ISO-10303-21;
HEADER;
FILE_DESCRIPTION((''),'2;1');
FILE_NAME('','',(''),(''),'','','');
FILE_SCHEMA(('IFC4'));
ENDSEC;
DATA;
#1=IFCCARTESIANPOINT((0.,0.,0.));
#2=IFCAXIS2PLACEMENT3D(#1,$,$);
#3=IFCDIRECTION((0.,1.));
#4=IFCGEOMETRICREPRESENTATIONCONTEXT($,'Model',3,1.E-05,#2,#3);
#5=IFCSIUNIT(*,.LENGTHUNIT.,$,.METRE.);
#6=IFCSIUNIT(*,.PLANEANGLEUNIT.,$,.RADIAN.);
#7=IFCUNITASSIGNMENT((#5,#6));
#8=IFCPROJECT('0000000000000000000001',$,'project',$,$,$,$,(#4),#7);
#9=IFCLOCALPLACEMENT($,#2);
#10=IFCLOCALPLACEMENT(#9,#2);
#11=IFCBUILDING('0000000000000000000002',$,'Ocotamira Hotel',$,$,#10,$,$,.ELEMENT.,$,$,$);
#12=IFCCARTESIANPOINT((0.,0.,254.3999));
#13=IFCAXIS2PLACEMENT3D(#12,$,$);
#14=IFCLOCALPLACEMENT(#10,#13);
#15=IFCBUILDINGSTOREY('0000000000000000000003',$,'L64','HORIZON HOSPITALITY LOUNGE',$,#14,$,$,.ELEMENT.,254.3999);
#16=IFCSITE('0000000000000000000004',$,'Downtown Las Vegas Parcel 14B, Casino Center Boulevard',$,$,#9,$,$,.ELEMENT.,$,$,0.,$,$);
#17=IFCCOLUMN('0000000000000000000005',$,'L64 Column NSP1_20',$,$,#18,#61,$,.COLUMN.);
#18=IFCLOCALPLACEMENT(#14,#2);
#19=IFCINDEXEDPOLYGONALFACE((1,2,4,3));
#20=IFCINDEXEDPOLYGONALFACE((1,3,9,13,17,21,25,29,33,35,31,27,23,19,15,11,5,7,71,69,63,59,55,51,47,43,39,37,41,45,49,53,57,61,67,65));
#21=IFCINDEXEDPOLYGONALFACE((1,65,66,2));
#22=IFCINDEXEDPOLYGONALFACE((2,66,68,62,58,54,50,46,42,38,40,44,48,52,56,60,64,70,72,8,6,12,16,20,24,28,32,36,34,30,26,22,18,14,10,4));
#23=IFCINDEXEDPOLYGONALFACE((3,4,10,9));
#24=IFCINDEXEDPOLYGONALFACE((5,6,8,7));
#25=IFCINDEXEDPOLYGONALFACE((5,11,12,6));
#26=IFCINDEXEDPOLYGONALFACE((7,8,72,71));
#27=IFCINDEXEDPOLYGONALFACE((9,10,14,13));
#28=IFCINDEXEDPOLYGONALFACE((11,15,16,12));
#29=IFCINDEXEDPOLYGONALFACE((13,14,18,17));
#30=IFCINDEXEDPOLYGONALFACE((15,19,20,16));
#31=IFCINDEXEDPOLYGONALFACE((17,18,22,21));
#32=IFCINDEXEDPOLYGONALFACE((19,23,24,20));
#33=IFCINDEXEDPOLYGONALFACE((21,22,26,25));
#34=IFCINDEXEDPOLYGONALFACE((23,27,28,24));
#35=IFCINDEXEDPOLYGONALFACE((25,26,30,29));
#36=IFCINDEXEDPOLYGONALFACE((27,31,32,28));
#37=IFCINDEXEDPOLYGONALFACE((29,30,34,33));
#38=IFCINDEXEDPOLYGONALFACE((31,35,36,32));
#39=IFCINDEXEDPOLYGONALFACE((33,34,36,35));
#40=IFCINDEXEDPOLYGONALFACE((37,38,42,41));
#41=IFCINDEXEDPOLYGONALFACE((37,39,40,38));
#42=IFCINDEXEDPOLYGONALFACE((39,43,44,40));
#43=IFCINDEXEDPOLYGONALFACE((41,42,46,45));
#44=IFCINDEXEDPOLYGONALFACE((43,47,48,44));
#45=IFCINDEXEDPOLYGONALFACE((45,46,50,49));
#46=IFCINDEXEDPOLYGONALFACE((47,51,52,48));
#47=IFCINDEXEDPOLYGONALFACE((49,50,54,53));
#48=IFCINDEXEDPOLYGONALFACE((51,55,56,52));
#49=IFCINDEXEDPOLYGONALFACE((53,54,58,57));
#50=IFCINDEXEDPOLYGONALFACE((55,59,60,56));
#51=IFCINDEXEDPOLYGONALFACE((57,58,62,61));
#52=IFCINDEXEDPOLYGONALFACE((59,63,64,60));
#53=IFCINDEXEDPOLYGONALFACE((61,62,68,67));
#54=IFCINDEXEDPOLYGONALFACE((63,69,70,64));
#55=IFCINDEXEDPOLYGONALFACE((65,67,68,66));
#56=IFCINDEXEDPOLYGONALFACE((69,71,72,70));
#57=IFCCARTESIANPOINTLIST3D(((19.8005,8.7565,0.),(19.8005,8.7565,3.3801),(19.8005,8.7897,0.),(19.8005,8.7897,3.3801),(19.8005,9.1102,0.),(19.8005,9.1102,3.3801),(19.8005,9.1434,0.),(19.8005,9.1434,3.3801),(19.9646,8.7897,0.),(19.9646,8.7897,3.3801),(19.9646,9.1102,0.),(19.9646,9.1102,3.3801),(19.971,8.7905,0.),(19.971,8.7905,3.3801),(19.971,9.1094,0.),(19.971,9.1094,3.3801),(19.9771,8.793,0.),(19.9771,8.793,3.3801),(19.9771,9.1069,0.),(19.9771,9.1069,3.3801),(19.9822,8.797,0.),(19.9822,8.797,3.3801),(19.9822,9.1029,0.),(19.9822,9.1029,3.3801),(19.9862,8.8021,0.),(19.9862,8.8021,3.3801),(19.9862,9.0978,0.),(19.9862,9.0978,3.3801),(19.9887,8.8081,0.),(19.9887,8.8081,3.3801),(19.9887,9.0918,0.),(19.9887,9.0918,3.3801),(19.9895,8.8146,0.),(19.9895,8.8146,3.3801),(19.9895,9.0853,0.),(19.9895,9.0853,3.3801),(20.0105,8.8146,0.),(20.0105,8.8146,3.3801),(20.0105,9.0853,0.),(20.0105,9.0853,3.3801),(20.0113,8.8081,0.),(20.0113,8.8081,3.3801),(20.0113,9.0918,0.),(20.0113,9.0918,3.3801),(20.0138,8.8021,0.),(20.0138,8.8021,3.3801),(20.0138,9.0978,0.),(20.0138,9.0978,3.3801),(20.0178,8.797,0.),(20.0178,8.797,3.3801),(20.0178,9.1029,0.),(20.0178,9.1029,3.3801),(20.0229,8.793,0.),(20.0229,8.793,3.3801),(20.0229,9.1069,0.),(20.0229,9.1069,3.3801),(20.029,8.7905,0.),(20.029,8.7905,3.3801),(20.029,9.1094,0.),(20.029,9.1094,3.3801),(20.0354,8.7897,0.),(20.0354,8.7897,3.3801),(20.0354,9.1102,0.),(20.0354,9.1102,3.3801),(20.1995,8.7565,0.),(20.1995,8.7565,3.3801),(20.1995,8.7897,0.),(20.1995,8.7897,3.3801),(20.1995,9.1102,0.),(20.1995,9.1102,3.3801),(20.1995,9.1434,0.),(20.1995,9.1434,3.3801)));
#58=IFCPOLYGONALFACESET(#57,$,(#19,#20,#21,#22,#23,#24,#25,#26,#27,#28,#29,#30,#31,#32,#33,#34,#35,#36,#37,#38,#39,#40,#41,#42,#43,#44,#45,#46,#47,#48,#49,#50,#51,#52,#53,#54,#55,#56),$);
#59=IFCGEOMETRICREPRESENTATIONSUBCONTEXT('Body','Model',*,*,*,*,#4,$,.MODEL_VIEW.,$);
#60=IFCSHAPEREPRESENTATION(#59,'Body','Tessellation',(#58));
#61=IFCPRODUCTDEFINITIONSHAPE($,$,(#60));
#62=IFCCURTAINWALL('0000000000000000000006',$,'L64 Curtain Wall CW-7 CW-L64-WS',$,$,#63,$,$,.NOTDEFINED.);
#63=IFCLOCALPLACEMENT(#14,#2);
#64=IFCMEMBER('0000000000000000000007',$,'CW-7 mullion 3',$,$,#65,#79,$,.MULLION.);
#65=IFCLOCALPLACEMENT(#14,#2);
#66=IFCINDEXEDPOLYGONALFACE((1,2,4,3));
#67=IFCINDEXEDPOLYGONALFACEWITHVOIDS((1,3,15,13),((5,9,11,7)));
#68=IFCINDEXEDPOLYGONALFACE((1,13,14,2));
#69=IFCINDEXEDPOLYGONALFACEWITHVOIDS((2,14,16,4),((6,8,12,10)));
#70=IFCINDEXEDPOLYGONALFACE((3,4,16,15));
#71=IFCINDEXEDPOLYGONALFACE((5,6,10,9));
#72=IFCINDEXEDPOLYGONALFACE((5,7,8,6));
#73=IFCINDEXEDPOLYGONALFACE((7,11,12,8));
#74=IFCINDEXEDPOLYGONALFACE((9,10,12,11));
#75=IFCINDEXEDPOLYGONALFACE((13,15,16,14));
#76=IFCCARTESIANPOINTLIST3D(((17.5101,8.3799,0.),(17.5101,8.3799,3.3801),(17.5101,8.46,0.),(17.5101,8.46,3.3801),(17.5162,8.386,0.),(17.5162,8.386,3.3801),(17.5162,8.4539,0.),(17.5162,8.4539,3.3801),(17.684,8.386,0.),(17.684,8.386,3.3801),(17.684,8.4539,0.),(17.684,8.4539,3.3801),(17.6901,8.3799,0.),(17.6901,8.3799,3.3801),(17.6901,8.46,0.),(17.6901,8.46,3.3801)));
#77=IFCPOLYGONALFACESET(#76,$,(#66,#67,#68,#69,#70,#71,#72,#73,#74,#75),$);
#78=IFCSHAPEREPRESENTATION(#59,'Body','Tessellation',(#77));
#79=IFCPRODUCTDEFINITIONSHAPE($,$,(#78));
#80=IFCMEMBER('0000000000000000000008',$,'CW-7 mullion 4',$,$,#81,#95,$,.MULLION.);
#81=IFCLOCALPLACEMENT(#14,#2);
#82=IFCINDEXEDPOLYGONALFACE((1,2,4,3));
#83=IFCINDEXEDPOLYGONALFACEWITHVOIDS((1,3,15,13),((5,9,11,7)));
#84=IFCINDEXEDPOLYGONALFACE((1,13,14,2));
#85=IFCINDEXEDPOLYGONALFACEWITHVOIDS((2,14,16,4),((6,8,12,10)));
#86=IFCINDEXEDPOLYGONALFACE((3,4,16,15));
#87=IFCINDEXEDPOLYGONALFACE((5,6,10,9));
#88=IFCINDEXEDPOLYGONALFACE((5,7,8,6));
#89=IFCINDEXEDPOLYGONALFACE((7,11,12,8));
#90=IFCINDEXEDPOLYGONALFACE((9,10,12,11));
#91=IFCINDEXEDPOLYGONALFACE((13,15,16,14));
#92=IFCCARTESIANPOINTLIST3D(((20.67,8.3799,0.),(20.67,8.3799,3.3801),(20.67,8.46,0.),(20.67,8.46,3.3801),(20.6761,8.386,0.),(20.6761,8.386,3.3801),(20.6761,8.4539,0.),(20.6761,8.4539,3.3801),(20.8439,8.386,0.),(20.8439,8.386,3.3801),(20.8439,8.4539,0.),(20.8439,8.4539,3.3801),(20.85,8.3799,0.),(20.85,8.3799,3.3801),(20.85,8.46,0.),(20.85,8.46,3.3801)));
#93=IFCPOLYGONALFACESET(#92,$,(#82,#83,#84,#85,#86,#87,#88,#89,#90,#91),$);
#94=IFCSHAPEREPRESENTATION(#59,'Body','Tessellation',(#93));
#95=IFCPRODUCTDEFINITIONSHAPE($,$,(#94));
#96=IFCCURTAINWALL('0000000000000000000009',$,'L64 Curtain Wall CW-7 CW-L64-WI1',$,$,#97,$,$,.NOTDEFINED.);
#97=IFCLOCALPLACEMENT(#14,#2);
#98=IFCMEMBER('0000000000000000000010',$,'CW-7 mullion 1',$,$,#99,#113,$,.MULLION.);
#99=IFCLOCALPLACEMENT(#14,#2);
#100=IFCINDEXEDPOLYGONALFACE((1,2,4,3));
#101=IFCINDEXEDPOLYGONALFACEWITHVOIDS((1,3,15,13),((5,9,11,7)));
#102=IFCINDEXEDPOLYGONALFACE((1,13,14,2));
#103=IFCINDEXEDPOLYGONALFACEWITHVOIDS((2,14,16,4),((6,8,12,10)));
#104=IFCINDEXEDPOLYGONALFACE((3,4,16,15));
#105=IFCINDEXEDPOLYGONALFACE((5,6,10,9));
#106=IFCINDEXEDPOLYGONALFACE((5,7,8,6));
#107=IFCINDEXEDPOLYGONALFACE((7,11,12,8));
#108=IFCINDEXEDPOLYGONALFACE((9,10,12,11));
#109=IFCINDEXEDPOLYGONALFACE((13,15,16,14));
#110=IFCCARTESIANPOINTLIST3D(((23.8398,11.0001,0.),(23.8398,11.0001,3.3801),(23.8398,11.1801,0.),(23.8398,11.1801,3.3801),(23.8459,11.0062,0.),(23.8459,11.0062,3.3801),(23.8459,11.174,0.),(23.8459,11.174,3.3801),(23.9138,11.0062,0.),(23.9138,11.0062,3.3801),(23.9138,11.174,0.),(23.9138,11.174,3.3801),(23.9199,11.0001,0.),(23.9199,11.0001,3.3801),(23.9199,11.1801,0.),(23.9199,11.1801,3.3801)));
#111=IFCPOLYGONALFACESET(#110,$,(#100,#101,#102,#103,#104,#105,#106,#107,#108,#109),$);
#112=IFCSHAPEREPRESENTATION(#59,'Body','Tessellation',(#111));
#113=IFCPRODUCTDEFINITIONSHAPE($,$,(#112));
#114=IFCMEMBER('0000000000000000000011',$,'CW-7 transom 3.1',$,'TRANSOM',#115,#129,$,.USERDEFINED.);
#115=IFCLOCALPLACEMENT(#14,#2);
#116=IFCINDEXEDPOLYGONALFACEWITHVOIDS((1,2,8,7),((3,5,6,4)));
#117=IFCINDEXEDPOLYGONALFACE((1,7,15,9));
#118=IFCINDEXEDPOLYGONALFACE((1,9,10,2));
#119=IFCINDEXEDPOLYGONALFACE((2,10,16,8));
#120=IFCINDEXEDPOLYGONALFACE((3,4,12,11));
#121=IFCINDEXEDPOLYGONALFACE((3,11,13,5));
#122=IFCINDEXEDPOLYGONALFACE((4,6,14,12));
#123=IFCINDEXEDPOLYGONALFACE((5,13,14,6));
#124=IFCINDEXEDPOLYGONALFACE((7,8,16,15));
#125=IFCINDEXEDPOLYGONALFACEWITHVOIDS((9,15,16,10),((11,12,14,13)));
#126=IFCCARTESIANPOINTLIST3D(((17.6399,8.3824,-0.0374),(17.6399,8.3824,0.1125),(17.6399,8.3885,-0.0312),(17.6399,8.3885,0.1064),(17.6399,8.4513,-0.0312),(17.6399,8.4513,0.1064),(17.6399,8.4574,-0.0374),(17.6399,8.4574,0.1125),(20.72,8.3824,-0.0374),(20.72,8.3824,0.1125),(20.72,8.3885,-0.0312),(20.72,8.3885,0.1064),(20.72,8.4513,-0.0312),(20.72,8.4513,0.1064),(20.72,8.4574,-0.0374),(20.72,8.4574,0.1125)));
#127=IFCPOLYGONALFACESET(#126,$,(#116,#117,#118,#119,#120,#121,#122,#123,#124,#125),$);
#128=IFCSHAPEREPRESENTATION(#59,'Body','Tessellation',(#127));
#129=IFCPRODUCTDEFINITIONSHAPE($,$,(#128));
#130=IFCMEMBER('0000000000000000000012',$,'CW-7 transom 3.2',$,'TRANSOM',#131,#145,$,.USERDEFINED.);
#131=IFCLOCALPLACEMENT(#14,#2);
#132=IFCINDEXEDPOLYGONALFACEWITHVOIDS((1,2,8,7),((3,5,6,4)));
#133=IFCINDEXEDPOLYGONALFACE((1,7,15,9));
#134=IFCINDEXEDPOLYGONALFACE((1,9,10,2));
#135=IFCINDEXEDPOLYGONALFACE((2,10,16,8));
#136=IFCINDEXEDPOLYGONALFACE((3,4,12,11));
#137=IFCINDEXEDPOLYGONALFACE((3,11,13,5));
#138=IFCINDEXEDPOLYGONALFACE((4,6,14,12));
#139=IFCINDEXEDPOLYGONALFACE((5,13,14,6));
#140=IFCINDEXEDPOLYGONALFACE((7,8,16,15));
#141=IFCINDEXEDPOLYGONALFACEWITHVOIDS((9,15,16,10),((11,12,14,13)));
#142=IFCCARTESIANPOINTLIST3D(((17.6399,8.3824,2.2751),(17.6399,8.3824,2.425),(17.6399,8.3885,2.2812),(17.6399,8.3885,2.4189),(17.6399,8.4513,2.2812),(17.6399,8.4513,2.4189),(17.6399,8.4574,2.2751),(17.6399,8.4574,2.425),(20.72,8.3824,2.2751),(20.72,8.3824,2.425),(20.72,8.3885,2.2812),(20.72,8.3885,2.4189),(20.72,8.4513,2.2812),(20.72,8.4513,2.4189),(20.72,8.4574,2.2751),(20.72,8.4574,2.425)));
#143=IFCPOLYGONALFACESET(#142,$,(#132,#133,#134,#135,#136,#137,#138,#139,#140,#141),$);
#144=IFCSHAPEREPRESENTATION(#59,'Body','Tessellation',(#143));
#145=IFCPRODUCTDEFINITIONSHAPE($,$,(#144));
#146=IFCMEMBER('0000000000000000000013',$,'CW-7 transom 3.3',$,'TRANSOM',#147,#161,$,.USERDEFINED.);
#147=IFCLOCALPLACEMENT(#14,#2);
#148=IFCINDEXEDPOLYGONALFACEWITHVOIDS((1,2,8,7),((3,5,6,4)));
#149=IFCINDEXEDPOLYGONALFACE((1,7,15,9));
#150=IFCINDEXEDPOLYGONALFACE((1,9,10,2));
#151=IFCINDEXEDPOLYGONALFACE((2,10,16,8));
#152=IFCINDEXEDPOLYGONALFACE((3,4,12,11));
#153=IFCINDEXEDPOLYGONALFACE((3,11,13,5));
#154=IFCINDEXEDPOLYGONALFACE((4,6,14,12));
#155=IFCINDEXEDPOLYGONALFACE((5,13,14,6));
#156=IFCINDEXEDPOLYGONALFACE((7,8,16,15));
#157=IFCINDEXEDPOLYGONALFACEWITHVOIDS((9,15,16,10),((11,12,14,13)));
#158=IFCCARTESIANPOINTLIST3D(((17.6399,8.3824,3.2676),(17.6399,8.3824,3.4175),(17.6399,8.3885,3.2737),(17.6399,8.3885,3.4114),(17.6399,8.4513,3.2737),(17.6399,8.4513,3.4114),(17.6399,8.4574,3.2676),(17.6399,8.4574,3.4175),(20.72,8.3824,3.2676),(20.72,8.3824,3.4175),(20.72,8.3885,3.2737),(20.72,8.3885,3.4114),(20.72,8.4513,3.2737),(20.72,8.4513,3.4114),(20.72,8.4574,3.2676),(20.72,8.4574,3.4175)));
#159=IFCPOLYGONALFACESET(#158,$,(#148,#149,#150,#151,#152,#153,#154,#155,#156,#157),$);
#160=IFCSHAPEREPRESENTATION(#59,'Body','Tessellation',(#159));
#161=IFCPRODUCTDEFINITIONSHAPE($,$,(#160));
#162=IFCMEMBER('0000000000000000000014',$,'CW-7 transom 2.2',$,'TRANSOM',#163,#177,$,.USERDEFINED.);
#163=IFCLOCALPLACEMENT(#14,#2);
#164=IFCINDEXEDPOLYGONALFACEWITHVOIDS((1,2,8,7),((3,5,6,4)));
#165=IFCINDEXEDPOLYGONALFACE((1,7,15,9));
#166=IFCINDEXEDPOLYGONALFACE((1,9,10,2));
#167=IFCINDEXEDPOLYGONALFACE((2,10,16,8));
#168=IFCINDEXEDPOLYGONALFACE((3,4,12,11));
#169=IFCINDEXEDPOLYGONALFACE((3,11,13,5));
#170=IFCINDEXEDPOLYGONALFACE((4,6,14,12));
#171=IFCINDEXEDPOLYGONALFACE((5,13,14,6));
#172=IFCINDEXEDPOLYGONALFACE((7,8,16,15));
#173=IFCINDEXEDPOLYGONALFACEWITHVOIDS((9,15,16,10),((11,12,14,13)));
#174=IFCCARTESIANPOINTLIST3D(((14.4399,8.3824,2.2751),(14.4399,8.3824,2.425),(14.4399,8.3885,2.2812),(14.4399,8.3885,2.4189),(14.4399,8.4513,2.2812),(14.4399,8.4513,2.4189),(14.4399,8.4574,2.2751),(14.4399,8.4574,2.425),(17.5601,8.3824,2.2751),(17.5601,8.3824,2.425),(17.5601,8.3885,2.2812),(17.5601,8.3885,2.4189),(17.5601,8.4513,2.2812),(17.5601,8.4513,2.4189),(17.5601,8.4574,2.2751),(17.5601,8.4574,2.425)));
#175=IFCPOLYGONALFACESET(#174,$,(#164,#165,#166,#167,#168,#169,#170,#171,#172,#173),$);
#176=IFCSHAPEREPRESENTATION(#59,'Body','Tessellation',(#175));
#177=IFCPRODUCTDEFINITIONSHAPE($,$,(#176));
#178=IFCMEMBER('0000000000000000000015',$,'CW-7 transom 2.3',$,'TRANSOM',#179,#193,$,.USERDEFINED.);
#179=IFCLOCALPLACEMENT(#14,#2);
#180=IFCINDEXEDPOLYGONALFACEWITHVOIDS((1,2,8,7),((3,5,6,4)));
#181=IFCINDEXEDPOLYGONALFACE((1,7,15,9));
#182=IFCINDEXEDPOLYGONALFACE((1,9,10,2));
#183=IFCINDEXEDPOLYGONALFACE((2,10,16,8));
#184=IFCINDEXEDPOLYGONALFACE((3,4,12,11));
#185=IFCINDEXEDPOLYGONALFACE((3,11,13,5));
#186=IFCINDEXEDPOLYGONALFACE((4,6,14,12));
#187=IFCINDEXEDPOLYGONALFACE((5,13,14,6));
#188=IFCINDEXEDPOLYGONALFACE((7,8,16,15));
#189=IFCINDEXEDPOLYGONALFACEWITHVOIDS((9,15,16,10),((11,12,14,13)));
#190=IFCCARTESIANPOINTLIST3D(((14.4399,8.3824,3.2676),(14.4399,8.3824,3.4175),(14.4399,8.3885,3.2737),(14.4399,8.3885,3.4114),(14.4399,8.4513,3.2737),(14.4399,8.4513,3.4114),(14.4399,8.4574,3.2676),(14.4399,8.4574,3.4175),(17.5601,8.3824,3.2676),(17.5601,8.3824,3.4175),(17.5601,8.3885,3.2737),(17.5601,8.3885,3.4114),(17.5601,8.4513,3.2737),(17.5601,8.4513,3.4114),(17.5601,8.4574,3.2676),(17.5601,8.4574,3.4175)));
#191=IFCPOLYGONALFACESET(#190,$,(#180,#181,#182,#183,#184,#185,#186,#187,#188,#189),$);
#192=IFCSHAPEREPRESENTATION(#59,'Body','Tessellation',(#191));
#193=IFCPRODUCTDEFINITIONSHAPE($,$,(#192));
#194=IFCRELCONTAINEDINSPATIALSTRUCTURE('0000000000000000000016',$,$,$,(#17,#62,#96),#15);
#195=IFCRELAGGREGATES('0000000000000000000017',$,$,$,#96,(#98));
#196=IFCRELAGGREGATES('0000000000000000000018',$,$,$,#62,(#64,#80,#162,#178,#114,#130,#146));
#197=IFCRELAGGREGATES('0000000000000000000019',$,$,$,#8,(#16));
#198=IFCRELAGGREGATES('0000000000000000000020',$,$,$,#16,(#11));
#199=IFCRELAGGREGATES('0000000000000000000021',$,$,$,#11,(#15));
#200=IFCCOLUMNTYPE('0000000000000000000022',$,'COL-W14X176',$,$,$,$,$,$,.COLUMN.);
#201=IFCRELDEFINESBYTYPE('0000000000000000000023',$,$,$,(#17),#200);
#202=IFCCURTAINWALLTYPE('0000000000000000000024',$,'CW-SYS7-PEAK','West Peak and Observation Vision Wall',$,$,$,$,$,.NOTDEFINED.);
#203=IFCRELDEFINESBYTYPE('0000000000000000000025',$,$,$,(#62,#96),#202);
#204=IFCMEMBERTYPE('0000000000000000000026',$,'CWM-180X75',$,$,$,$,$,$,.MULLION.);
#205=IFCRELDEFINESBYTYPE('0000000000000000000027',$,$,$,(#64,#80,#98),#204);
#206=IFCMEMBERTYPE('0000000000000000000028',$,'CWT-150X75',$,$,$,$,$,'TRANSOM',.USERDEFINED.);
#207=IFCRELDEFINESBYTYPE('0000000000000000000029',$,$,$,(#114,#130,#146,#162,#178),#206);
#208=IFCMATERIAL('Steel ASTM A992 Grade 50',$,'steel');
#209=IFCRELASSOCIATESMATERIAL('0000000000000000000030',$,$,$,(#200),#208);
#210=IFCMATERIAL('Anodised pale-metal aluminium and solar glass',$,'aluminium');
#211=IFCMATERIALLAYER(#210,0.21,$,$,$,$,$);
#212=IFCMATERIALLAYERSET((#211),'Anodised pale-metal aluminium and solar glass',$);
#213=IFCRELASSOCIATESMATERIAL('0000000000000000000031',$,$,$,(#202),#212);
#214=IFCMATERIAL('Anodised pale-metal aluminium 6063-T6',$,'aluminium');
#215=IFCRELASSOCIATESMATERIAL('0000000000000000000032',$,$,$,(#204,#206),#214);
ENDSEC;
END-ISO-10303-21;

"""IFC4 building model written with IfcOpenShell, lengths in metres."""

from ifc_helpers import new_model, si_unit, direction, frame, origin, origin_2d, place, context, subcontext, project, spatial, hollow_rectangle, i_section, extrude, source, transform, mapped, material, layer, layer_set, material_profile, profile_set, type_object, element, aggregate, save


model = new_model("IFC4")

# Units and contexts
model_context = context("Model", 3, precision=1e-05, world=origin(), true_north=direction((0.0, 1.0)))
body_context = subcontext(model_context, "Body", "Model", "MODEL_VIEW")
ifc_project = project(units=[si_unit("LENGTHUNIT", "METRE"), si_unit("PLANEANGLEUNIT", "RADIAN")], contexts=[model_context])

# Site, building, storey
site_placement = place(None, origin())
site = spatial("IfcSite", under=ifc_project, at=site_placement, Name="Downtown Las Vegas Parcel 14B, Casino Center Boulevard", CompositionType="ELEMENT", RefElevation=0.0)
building_placement = place(site_placement, origin())
building = spatial("IfcBuilding", under=site, at=building_placement, Name="Ocotamira Hotel", CompositionType="ELEMENT")
storey_placement = place(building_placement, frame((0.0, 0.0, 254.3999)))
storey = spatial("IfcBuildingStorey", under=building, at=storey_placement, Name="L64", Description="HORIZON HOSPITALITY LOUNGE", CompositionType="ELEMENT", Elevation=254.3999)

# Column
ifc_material_1 = material(Name="Steel ASTM A992 Grade 50", Category="steel")
ifc_material_profile_1 = material_profile(ifc_material_1, i_section(OverallWidth=0.3989, OverallDepth=0.387, WebThickness=0.021, FlangeThickness=0.0332, FilletRadius=0.0249, at=origin_2d()), Name="W14X176")
ifc_profile_set_1 = profile_set([ifc_material_profile_1], Name="Steel ASTM A992 Grade 50")
column_type = type_object("IfcColumnType", Name="COL-W14X176", PredefinedType="COLUMN", material=ifc_profile_set_1)
shared_shape_1 = source(origin(), body_context, "Body", "SweptSolid", [
    extrude(i_section(OverallWidth=0.3989, OverallDepth=0.387, WebThickness=0.021, FlangeThickness=0.0332, FilletRadius=0.0249, at=origin_2d()), origin(), (0.0, 0.0, 1.0), 3.3801),
])
column_placement = place(storey_placement, frame((20.0, 8.95, 0.0), z_axis=(0.0, 0.0, 1.0), x_axis=(1.0, 0.0, 0.0)))
element("IfcColumn", 1, at=column_placement, inside=storey, type_object=column_type, Name="L64 Column NSP1_20", PredefinedType="COLUMN", context=body_context, shape_type="MappedRepresentation", body=[
    mapped(shared_shape_1, transform((0.0, 0.0, 0.0), scale=1.0)),
])

# Curtain wall, members
ifc_material_2 = material(Name="Anodised pale-metal aluminium and solar glass", Category="aluminium")
ifc_layer_1 = layer(ifc_material_2, 0.21)
ifc_layer_set_1 = layer_set([ifc_layer_1], Name="Anodised pale-metal aluminium and solar glass")
curtain_wall_type = type_object("IfcCurtainWallType", Name="CW-SYS7-PEAK", Description="West Peak and Observation Vision Wall", PredefinedType="NOTDEFINED", material=ifc_layer_set_1)
curtain_wall_1_placement = place(storey_placement, origin())
curtain_wall_1 = element("IfcCurtainWall", 2, at=curtain_wall_1_placement, inside=storey, type_object=curtain_wall_type, Name="L64 Curtain Wall CW-7 CW-L64-WS", PredefinedType="NOTDEFINED")
ifc_material_3 = material(Name="Anodised pale-metal aluminium 6063-T6", Category="aluminium")
ifc_material_profile_2 = material_profile(ifc_material_3, hollow_rectangle(XDim=0.0801, YDim=0.1799, WallThickness=0.0061, at=origin_2d()), Name="HSS180X80X6")
ifc_profile_set_2 = profile_set([ifc_material_profile_2], Name="Anodised pale-metal aluminium 6063-T6")
member_type_1 = type_object("IfcMemberType", Name="CWM-180X75", PredefinedType="MULLION", material=ifc_profile_set_2)
shared_shape_2 = source(origin(), body_context, "Body", "SweptSolid", [
    extrude(hollow_rectangle(XDim=0.0801, YDim=0.1799, WallThickness=0.0061, at=origin_2d()), origin(), (0.0, 0.0, 1.0), 3.3801),
])
member_1_placement = place(storey_placement, frame((17.6001, 8.4199, 0.0), z_axis=(0.0, 0.0, 1.0), x_axis=(0.0, 1.0, 0.0)))
member_1 = element("IfcMember", 3, at=member_1_placement, type_object=member_type_1, Name="CW-7 mullion 3", PredefinedType="MULLION", context=body_context, shape_type="MappedRepresentation", body=[
    mapped(shared_shape_2, transform((0.0, 0.0, 0.0), scale=1.0)),
])
member_2_placement = place(storey_placement, frame((20.76, 8.4199, 0.0), z_axis=(0.0, 0.0, 1.0), x_axis=(0.0, 1.0, 0.0)))
member_2 = element("IfcMember", 4, at=member_2_placement, type_object=member_type_1, Name="CW-7 mullion 4", PredefinedType="MULLION", context=body_context, shape_type="MappedRepresentation", body=[
    mapped(shared_shape_2, transform((0.0, 0.0, 0.0), scale=1.0)),
])

# Curtain wall, member
curtain_wall_2_placement = place(storey_placement, origin())
curtain_wall_2 = element("IfcCurtainWall", 5, at=curtain_wall_2_placement, inside=storey, type_object=curtain_wall_type, Name="L64 Curtain Wall CW-7 CW-L64-WI1", PredefinedType="NOTDEFINED")
member_3_placement = place(storey_placement, frame((23.8799, 11.0901, 0.0), z_axis=(0.0, 0.0, 1.0), x_axis=(-1.0, 0.0, 0.0)))
member_3 = element("IfcMember", 6, at=member_3_placement, type_object=member_type_1, Name="CW-7 mullion 1", PredefinedType="MULLION", context=body_context, shape_type="MappedRepresentation", body=[
    mapped(shared_shape_2, transform((0.0, 0.0, 0.0), scale=1.0)),
])

# Members
ifc_material_profile_3 = material_profile(ifc_material_3, hollow_rectangle(XDim=0.075, YDim=0.1499, WallThickness=0.0061, at=origin_2d()), Name="HSS150X75X6")
ifc_profile_set_3 = profile_set([ifc_material_profile_3], Name="Anodised pale-metal aluminium 6063-T6")
member_type_2 = type_object("IfcMemberType", Name="CWT-150X75", ElementType="TRANSOM", PredefinedType="USERDEFINED", material=ifc_profile_set_3)
shared_shape_3 = source(origin(), body_context, "Body", "SweptSolid", [
    extrude(hollow_rectangle(XDim=0.075, YDim=0.1499, WallThickness=0.0061, at=origin_2d()), origin(), (0.0, 0.0, 1.0), 3.0801),
])
member_4_placement = place(storey_placement, frame((17.6399, 8.4199, 0.0376), z_axis=(1.0, 0.0, 0.0), x_axis=(0.0, 1.0, 0.0)))
member_4 = element("IfcMember", 7, at=member_4_placement, type_object=member_type_2, Name="CW-7 transom 3.1", ObjectType="TRANSOM", PredefinedType="USERDEFINED", context=body_context, shape_type="MappedRepresentation", body=[
    mapped(shared_shape_3, transform((0.0, 0.0, 0.0), scale=1.0)),
])
member_5_placement = place(storey_placement, frame((17.6399, 8.4199, 2.3501), z_axis=(1.0, 0.0, 0.0), x_axis=(0.0, 1.0, 0.0)))
member_5 = element("IfcMember", 8, at=member_5_placement, type_object=member_type_2, Name="CW-7 transom 3.2", ObjectType="TRANSOM", PredefinedType="USERDEFINED", context=body_context, shape_type="MappedRepresentation", body=[
    mapped(shared_shape_3, transform((0.0, 0.0, 0.0), scale=1.0)),
])
member_6_placement = place(storey_placement, frame((17.6399, 8.4199, 3.3425), z_axis=(1.0, 0.0, 0.0), x_axis=(0.0, 1.0, 0.0)))
member_6 = element("IfcMember", 9, at=member_6_placement, type_object=member_type_2, Name="CW-7 transom 3.3", ObjectType="TRANSOM", PredefinedType="USERDEFINED", context=body_context, shape_type="MappedRepresentation", body=[
    mapped(shared_shape_3, transform((0.0, 0.0, 0.0), scale=1.0)),
])
shared_shape_4 = source(origin(), body_context, "Body", "SweptSolid", [
    extrude(hollow_rectangle(XDim=0.075, YDim=0.1499, WallThickness=0.0061, at=origin_2d()), origin(), (0.0, 0.0, 1.0), 3.1201),
])
member_7_placement = place(storey_placement, frame((14.4399, 8.4199, 2.3501), z_axis=(1.0, 0.0, 0.0), x_axis=(0.0, 1.0, 0.0)))
member_7 = element("IfcMember", 10, at=member_7_placement, type_object=member_type_2, Name="CW-7 transom 2.2", ObjectType="TRANSOM", PredefinedType="USERDEFINED", context=body_context, shape_type="MappedRepresentation", body=[
    mapped(shared_shape_4, transform((0.0, 0.0, 0.0), scale=1.0)),
])
member_8_placement = place(storey_placement, frame((14.4399, 8.4199, 3.3425), z_axis=(1.0, 0.0, 0.0), x_axis=(0.0, 1.0, 0.0)))
member_8 = element("IfcMember", 11, at=member_8_placement, type_object=member_type_2, Name="CW-7 transom 2.3", ObjectType="TRANSOM", PredefinedType="USERDEFINED", context=body_context, shape_type="MappedRepresentation", body=[
    mapped(shared_shape_4, transform((0.0, 0.0, 0.0), scale=1.0)),
])
aggregate(curtain_wall_2, [member_3])

aggregate(curtain_wall_1, [member_1, member_2, member_7, member_8, member_4, member_5, member_6])

save(model, "model.ifc")
